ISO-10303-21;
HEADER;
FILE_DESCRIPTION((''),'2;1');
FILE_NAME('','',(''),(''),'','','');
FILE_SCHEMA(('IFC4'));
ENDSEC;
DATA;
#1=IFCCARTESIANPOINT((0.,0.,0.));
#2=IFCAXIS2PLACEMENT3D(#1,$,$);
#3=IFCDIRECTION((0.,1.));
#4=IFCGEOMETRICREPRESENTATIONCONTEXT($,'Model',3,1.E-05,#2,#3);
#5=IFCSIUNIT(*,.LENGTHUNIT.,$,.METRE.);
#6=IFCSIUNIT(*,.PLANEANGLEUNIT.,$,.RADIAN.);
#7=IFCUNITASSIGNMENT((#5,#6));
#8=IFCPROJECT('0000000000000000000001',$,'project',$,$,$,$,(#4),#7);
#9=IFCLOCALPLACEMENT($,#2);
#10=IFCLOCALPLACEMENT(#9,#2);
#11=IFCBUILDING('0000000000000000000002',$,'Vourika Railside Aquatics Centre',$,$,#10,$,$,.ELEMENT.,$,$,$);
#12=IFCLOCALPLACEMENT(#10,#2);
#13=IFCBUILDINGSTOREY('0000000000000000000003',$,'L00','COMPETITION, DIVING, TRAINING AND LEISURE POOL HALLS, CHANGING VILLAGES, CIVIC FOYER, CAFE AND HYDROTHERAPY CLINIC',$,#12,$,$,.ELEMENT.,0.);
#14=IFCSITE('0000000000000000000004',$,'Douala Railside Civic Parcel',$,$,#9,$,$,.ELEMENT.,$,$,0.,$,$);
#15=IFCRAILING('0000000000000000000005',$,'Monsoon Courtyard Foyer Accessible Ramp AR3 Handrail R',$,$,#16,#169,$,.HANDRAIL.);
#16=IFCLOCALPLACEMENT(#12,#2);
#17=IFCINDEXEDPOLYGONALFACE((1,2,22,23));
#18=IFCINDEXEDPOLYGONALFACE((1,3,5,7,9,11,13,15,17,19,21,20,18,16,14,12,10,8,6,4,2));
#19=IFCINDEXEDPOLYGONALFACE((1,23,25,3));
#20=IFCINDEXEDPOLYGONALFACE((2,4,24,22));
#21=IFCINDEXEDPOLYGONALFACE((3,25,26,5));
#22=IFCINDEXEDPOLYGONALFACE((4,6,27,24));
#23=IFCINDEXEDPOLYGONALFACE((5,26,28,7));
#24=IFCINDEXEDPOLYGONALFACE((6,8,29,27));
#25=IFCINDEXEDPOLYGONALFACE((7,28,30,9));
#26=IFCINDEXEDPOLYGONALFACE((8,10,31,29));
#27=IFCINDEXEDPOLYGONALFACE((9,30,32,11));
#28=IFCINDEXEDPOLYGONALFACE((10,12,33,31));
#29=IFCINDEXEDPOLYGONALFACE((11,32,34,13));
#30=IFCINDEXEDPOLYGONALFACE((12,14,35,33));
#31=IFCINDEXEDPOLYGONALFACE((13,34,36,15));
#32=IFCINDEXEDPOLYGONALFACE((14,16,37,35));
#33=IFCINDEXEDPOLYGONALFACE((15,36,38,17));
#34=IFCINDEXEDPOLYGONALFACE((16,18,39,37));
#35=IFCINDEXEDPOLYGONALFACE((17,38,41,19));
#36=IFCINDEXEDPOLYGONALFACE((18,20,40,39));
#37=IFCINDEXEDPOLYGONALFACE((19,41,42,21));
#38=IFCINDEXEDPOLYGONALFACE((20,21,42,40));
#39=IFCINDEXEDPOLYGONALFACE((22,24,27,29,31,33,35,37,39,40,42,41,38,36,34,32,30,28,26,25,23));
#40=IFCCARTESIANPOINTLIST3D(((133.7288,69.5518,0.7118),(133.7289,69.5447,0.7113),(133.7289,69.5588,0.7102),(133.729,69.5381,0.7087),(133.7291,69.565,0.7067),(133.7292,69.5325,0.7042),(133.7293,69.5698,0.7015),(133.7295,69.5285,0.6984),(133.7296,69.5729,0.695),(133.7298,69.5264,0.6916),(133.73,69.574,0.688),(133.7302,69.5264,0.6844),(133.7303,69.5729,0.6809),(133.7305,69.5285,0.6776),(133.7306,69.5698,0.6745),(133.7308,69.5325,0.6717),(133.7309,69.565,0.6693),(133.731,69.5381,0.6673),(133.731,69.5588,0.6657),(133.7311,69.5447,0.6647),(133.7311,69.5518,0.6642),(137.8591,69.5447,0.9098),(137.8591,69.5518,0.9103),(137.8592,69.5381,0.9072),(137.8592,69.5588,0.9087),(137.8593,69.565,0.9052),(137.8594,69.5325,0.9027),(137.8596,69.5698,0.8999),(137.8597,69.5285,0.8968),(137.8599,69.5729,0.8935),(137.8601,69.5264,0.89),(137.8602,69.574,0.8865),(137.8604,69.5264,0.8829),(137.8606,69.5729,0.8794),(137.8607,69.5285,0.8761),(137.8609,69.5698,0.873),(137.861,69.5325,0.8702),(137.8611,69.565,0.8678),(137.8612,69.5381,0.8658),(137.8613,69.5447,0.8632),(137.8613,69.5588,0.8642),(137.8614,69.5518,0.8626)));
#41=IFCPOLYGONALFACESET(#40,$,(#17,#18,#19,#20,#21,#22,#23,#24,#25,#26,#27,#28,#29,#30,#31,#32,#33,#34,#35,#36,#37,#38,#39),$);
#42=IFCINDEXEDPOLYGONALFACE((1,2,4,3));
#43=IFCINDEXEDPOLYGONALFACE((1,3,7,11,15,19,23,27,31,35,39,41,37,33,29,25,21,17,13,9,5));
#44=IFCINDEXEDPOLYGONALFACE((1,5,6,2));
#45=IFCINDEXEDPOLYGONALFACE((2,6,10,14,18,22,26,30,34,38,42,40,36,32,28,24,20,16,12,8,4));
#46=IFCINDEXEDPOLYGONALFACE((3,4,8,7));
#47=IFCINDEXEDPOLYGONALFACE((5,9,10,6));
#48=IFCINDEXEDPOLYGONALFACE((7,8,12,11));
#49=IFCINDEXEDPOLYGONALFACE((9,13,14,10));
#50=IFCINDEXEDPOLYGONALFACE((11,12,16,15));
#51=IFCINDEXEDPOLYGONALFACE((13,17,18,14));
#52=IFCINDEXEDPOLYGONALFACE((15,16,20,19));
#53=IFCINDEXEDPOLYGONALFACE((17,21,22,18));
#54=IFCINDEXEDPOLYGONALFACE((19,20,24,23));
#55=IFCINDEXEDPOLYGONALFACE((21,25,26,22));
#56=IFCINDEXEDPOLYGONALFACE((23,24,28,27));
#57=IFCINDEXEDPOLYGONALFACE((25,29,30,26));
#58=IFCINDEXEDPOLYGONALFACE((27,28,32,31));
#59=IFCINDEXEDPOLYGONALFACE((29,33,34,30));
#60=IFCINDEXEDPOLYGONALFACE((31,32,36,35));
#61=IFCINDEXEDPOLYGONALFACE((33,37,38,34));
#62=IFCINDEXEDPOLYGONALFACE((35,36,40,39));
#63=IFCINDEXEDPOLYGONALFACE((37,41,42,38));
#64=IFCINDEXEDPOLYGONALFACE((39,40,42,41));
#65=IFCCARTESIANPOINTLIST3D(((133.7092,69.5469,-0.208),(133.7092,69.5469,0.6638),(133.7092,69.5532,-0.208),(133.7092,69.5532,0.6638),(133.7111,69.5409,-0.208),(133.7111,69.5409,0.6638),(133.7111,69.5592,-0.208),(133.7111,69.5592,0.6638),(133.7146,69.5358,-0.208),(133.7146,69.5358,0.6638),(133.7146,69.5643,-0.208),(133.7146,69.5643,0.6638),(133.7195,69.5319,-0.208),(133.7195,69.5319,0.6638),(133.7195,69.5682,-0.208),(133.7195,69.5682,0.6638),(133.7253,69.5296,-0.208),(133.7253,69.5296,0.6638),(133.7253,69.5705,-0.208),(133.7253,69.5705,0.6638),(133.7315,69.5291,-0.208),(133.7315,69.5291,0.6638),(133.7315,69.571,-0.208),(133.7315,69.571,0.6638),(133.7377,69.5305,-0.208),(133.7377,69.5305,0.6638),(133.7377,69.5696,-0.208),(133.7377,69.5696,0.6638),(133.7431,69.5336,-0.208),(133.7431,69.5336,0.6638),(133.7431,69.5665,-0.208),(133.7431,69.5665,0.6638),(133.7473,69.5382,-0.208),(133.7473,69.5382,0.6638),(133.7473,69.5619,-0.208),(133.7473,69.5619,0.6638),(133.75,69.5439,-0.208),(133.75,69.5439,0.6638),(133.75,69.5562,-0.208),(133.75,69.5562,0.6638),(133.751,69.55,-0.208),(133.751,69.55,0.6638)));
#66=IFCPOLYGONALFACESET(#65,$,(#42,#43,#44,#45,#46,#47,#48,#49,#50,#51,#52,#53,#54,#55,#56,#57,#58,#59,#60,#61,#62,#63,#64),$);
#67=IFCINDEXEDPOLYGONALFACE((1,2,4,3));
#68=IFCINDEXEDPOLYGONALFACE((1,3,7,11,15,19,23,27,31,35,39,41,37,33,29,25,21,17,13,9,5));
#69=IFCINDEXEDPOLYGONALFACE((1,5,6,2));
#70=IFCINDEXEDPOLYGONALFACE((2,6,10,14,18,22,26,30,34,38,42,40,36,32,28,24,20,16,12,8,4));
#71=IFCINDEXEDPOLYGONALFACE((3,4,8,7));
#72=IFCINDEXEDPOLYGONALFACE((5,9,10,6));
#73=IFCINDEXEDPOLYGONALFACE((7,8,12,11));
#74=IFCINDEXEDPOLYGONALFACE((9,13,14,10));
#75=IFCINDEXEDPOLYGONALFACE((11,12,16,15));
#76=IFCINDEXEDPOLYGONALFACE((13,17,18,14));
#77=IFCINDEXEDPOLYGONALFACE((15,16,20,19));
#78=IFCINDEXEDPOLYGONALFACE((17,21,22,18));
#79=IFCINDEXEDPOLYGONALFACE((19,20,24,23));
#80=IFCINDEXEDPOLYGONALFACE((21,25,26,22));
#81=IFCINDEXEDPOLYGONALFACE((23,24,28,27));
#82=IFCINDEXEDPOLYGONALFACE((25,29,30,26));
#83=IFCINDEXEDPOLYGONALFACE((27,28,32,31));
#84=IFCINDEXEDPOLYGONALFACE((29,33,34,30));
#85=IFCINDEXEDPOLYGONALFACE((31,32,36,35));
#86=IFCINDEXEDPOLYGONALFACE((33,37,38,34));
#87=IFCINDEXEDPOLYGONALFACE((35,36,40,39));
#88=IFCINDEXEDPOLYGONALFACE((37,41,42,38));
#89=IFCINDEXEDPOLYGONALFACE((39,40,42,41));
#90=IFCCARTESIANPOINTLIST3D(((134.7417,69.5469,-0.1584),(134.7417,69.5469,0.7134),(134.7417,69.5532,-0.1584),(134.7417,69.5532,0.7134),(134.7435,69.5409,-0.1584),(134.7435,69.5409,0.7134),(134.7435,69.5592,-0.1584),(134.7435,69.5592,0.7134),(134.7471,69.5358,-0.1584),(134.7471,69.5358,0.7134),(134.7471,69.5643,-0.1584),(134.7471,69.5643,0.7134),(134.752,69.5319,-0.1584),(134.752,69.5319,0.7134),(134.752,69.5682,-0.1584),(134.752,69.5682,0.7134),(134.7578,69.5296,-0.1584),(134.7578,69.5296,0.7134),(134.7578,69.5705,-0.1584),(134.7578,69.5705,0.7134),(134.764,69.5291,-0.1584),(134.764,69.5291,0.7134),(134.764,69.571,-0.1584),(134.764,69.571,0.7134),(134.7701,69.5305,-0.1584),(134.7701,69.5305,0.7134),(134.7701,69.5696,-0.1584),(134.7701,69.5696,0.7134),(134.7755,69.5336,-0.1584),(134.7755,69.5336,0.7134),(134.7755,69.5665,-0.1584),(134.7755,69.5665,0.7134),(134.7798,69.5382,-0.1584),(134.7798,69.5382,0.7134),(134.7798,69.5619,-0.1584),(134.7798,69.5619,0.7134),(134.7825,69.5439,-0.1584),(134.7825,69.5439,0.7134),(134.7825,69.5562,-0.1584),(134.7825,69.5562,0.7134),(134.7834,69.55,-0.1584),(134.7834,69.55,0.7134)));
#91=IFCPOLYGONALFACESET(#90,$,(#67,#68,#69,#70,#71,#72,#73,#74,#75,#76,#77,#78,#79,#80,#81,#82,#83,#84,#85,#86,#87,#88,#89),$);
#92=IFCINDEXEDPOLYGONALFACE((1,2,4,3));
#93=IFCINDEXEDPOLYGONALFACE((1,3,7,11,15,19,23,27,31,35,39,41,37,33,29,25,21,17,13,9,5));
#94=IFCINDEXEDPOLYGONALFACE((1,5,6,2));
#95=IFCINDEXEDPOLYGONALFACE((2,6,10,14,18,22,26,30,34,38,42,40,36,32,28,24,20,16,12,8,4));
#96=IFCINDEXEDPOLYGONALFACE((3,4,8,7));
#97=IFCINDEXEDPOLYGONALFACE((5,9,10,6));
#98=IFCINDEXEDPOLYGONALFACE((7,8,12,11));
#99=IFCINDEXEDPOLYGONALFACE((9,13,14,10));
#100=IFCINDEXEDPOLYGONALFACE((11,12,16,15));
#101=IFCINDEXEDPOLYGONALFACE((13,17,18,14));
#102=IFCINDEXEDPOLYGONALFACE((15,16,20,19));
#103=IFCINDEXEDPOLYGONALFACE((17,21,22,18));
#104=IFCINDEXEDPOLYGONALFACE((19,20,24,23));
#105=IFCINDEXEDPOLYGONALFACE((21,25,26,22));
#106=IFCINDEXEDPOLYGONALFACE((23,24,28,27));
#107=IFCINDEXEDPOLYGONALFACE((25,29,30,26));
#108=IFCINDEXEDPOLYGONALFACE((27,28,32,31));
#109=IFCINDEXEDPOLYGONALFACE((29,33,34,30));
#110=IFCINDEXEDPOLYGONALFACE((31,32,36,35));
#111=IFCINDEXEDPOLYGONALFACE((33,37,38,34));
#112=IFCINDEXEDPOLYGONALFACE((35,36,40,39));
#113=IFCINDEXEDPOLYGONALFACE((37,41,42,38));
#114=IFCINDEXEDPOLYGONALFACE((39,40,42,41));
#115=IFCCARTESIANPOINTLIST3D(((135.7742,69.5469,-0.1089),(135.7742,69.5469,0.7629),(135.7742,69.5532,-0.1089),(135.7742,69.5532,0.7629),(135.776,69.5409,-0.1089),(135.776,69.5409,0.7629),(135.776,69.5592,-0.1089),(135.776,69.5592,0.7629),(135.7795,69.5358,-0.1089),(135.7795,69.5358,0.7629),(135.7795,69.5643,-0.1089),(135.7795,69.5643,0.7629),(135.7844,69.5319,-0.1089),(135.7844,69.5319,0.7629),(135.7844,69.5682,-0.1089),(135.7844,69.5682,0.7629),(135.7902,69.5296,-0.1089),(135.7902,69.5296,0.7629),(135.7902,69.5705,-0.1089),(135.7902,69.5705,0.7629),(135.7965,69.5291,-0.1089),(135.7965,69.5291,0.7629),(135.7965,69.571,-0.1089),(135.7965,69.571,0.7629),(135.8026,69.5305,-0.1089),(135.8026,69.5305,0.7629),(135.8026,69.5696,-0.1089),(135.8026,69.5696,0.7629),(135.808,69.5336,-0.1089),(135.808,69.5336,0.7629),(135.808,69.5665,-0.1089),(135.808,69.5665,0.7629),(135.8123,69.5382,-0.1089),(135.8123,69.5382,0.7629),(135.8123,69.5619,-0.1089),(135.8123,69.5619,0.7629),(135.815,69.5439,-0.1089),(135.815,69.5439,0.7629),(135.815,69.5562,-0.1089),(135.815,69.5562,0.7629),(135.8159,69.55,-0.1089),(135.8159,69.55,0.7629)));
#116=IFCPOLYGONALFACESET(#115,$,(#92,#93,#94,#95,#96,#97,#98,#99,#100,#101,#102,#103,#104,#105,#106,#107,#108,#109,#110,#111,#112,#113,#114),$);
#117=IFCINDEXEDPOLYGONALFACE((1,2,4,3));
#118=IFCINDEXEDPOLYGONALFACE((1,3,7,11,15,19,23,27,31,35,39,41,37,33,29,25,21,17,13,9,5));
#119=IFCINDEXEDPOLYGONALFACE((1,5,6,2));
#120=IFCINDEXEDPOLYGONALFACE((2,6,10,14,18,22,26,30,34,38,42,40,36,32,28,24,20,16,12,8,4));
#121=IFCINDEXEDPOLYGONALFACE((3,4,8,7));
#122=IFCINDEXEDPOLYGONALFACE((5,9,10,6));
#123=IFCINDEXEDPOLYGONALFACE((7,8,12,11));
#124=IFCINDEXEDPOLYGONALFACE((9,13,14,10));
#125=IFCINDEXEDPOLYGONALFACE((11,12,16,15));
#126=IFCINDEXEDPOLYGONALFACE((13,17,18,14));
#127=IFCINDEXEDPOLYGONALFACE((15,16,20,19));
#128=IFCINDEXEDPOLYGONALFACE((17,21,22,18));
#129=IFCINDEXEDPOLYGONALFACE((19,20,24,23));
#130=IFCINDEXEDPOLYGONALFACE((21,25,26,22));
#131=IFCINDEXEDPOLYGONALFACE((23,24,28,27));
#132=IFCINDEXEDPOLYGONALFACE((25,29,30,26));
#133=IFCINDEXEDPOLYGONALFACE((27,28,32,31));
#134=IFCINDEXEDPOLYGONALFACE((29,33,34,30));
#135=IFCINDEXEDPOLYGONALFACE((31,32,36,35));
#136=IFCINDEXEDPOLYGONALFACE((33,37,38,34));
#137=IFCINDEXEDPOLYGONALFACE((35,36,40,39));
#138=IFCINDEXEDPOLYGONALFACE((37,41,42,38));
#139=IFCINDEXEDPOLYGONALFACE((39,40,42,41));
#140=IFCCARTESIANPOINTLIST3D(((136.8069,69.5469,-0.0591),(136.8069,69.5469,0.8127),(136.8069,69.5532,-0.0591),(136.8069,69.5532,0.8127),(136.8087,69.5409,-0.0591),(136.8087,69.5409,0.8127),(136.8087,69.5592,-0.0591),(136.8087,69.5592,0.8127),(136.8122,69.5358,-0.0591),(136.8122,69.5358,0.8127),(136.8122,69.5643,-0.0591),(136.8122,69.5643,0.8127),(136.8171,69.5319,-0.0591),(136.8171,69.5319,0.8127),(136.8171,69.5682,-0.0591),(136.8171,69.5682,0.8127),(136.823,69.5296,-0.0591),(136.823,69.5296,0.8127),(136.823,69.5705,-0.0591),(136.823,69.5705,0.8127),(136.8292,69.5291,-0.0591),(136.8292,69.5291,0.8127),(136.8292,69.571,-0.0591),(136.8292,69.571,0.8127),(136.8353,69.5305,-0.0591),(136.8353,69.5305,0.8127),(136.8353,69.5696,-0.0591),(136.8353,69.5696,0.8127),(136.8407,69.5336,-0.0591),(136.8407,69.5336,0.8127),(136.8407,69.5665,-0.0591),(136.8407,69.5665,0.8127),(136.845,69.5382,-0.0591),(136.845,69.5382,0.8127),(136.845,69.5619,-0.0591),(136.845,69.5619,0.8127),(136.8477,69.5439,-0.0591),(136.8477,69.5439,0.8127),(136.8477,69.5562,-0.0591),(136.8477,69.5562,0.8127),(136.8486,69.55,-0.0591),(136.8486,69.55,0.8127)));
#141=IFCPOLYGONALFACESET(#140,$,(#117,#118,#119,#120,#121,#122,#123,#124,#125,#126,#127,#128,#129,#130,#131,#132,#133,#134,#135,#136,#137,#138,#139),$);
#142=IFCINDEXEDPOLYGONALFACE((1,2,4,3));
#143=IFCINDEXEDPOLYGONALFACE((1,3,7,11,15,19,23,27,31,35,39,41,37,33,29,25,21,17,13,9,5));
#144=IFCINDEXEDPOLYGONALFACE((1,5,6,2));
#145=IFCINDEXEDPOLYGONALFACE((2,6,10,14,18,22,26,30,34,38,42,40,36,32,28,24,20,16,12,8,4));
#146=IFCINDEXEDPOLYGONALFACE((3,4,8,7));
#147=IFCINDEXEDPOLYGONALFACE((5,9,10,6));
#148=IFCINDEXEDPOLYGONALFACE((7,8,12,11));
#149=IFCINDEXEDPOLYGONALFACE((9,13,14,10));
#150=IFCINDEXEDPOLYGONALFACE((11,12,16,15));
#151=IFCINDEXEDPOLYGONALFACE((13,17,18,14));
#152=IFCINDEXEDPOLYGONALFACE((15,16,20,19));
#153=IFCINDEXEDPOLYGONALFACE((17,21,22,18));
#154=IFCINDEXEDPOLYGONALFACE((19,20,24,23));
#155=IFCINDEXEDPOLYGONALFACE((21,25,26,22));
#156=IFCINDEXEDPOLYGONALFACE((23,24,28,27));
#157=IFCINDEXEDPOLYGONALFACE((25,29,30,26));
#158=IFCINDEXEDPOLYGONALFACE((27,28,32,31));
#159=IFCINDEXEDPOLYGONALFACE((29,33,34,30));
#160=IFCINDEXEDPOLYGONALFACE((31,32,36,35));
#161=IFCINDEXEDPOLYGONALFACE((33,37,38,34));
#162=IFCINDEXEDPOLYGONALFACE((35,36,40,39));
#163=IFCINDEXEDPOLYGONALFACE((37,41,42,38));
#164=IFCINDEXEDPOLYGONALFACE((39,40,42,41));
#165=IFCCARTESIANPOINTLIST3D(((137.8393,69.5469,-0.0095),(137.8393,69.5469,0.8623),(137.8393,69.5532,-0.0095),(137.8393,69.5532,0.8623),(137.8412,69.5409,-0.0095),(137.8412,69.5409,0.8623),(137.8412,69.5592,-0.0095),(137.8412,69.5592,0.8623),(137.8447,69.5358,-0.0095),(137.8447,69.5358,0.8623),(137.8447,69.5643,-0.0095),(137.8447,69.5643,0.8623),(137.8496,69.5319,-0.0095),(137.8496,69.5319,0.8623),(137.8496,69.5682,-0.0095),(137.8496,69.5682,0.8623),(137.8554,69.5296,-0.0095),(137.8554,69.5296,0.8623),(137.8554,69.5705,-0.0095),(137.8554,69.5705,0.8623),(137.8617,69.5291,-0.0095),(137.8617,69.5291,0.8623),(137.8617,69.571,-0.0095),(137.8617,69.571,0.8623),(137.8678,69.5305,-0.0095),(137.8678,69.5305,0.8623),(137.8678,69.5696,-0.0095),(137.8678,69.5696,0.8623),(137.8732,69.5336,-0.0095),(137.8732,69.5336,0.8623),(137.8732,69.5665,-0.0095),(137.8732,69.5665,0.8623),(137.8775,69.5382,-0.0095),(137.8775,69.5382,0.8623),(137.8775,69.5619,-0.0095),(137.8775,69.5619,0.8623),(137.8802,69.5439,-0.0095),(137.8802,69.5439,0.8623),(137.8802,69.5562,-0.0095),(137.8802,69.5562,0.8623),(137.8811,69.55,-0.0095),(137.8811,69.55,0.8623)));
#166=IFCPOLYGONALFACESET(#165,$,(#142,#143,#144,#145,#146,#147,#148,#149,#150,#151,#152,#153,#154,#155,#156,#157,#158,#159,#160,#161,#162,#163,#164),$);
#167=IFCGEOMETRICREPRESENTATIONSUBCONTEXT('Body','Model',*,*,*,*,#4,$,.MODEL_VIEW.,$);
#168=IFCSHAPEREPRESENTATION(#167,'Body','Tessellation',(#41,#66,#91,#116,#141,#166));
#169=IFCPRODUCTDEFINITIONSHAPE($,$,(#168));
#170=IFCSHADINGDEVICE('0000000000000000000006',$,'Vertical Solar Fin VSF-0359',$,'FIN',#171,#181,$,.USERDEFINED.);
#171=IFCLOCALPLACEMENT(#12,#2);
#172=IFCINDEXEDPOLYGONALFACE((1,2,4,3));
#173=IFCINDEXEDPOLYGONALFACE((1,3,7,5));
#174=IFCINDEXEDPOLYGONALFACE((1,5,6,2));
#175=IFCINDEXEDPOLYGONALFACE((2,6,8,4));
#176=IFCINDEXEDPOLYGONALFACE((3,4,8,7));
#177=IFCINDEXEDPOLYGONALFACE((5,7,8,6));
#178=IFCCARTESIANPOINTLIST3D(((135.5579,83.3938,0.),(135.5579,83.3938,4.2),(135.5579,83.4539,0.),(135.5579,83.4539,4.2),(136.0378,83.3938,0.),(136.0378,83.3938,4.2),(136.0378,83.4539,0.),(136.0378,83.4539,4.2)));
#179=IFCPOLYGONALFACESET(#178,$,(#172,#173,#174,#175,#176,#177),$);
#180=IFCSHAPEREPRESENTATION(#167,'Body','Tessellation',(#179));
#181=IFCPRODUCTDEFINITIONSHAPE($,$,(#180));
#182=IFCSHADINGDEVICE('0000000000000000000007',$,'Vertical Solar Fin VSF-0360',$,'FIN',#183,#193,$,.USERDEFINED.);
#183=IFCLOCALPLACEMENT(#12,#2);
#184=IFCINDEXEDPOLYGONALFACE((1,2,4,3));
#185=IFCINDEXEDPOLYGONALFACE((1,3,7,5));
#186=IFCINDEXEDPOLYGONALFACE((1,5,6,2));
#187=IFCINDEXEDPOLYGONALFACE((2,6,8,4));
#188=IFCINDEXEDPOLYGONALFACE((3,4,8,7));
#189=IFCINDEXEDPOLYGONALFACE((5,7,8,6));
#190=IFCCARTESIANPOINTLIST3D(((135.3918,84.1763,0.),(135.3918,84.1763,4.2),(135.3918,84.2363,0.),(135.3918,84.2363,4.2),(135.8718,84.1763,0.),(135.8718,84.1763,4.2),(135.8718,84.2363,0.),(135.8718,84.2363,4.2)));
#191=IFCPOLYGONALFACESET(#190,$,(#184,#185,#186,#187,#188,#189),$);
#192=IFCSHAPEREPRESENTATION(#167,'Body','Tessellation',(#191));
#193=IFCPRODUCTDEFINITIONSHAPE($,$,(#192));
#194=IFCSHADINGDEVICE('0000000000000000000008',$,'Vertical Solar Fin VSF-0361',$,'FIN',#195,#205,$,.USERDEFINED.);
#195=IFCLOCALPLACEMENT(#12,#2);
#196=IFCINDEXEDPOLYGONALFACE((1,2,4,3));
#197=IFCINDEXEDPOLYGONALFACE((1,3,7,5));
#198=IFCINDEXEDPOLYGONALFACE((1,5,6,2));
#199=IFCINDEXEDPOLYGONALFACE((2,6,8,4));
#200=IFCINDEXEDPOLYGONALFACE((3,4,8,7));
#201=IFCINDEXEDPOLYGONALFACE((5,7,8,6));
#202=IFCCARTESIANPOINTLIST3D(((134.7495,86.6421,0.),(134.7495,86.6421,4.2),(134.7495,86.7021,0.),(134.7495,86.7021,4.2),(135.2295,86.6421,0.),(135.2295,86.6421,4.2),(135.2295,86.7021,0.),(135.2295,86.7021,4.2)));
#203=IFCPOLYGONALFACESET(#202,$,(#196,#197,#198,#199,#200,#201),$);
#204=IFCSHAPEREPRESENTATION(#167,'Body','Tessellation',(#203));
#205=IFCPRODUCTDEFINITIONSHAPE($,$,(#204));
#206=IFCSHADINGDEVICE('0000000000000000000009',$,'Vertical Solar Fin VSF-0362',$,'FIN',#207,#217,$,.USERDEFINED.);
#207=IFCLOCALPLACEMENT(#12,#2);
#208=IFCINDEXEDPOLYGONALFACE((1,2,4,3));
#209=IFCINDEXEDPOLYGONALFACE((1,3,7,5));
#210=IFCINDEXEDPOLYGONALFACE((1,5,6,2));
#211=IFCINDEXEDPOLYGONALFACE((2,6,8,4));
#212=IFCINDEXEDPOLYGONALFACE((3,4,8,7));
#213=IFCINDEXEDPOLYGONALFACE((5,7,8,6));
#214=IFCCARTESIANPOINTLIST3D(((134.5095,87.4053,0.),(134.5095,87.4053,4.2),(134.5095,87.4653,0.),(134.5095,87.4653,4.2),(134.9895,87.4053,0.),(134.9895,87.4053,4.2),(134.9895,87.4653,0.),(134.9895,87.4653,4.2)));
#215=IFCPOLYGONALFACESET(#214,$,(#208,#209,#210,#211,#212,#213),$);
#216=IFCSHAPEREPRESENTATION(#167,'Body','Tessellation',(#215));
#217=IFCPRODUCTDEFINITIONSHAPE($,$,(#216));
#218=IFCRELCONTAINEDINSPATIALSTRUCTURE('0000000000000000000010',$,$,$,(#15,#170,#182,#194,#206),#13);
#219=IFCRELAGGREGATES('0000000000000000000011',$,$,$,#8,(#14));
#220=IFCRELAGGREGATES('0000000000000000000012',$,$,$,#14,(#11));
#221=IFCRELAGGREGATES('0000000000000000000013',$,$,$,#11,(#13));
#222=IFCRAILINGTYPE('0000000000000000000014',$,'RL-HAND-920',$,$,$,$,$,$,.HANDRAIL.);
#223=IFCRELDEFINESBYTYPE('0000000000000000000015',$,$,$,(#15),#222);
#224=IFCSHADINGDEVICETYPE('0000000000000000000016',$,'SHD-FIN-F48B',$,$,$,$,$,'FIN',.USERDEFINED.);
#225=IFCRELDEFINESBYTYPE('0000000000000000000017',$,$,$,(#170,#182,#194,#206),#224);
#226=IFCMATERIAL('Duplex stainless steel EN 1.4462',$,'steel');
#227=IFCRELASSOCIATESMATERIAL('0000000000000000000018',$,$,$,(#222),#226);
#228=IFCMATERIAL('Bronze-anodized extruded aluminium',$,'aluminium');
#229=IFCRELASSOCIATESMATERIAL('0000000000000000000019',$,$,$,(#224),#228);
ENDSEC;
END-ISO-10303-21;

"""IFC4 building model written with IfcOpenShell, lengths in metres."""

from ifc_helpers import new_model, si_unit, direction, frame, origin, origin_2d, place, context, subcontext, project, spatial, rectangle, circle, extrude, material, material_profile, profile_set, type_object, element, save


model = new_model("IFC4")

# Units and contexts
model_context = context("Model", 3, precision=1e-05, world=origin(), true_north=direction((0.0, 1.0)))
body_context = subcontext(model_context, "Body", "Model", "MODEL_VIEW")
ifc_project = project(units=[si_unit("LENGTHUNIT", "METRE"), si_unit("PLANEANGLEUNIT", "RADIAN")], contexts=[model_context])

# Site, building, storey
site_placement = place(None, origin())
site = spatial("IfcSite", under=ifc_project, at=site_placement, Name="Douala Railside Civic Parcel", CompositionType="ELEMENT", RefElevation=0.0)
building_placement = place(site_placement, origin())
building = spatial("IfcBuilding", under=site, at=building_placement, Name="Vourika Railside Aquatics Centre", CompositionType="ELEMENT")
storey_placement = place(building_placement, origin())
storey = spatial("IfcBuildingStorey", under=building, at=storey_placement, Name="L00", Description="COMPETITION, DIVING, TRAINING AND LEISURE POOL HALLS, CHANGING VILLAGES, CIVIC FOYER, CAFE AND HYDROTHERAPY CLINIC", CompositionType="ELEMENT", Elevation=0.0)

# Railing
ifc_material_1 = material(Name="Duplex stainless steel EN 1.4462", Category="steel")
railing_type = type_object("IfcRailingType", Name="RL-HAND-920", PredefinedType="HANDRAIL", material=ifc_material_1)
for number, where, name in (
    (1, (133.73, 69.55, -0.208), "Monsoon Courtyard Foyer Accessible Ramp AR3 Handrail R"),
):
    element("IfcRailing", number, at=place(storey_placement, frame(where)), inside=storey, type_object=railing_type, Name=name, PredefinedType="HANDRAIL", context=body_context, shape_type="SweptSolid", body=[
        extrude(circle(Radius=0.0239, at=origin_2d()), frame((0.0, 0.0, 0.896), z_axis=(0.998847, 0.0, 0.048003), x_axis=(0.0, 1.0, 0.0)), (0.0, 0.0, 1.0), 4.135),
        extrude(circle(Radius=0.021, at=origin_2d()), origin(), (0.0, 0.0, 1.0), 0.8718),
        extrude(circle(Radius=0.021, at=origin_2d()), frame((1.0325, 0.0, 0.0496)), (0.0, 0.0, 1.0), 0.8718),
        extrude(circle(Radius=0.021, at=origin_2d()), frame((2.0649, 0.0, 0.0991)), (0.0, 0.0, 1.0), 0.8718),
        extrude(circle(Radius=0.021, at=origin_2d()), frame((3.0977, 0.0, 0.1489)), (0.0, 0.0, 1.0), 0.8718),
        extrude(circle(Radius=0.021, at=origin_2d()), frame((4.1301, 0.0, 0.1985)), (0.0, 0.0, 1.0), 0.8718),
    ])

# Shading devices
ifc_material_2 = material(Name="Bronze-anodized extruded aluminium", Category="aluminium")
ifc_material_profile_1 = material_profile(ifc_material_2, rectangle(XDim=0.0601, YDim=0.48, at=origin_2d()), Name="ALU-FIN 60x480")
ifc_profile_set_1 = profile_set([ifc_material_profile_1], Name="Bronze-anodized extruded aluminium")
shading_device_type = type_object("IfcShadingDeviceType", Name="SHD-FIN-F48B", ElementType="FIN", PredefinedType="USERDEFINED", material=ifc_profile_set_1)
for number, where, z_axis, x_axis, name in (
    (2, (135.7979, 83.4238, 0.0), (0.0, 0.0, 1.0), (0.0, 1.0, 0.0), "Vertical Solar Fin VSF-0359"),
    (3, (135.6318, 84.2063, 0.0), (0.0, 0.0, 1.0), (0.0, 1.0, 0.0), "Vertical Solar Fin VSF-0360"),
    (4, (134.9895, 86.6721, 0.0), (0.0, 0.0, 1.0), (0.0, 1.0, 0.0), "Vertical Solar Fin VSF-0361"),
    (5, (134.7495, 87.4353, 0.0), (0.0, 0.0, 1.0), (0.0, 1.0, 0.0), "Vertical Solar Fin VSF-0362"),
):
    element("IfcShadingDevice", number, at=place(storey_placement, frame(where, z_axis=z_axis, x_axis=x_axis)), inside=storey, type_object=shading_device_type, Name=name, ObjectType="FIN", PredefinedType="USERDEFINED", context=body_context, shape_type="SweptSolid", body=[
        extrude(rectangle(XDim=0.0601, YDim=0.48, at=origin_2d()), origin(), (0.0, 0.0, 1.0), 4.2),
    ])

save(model, "model.ifc")
